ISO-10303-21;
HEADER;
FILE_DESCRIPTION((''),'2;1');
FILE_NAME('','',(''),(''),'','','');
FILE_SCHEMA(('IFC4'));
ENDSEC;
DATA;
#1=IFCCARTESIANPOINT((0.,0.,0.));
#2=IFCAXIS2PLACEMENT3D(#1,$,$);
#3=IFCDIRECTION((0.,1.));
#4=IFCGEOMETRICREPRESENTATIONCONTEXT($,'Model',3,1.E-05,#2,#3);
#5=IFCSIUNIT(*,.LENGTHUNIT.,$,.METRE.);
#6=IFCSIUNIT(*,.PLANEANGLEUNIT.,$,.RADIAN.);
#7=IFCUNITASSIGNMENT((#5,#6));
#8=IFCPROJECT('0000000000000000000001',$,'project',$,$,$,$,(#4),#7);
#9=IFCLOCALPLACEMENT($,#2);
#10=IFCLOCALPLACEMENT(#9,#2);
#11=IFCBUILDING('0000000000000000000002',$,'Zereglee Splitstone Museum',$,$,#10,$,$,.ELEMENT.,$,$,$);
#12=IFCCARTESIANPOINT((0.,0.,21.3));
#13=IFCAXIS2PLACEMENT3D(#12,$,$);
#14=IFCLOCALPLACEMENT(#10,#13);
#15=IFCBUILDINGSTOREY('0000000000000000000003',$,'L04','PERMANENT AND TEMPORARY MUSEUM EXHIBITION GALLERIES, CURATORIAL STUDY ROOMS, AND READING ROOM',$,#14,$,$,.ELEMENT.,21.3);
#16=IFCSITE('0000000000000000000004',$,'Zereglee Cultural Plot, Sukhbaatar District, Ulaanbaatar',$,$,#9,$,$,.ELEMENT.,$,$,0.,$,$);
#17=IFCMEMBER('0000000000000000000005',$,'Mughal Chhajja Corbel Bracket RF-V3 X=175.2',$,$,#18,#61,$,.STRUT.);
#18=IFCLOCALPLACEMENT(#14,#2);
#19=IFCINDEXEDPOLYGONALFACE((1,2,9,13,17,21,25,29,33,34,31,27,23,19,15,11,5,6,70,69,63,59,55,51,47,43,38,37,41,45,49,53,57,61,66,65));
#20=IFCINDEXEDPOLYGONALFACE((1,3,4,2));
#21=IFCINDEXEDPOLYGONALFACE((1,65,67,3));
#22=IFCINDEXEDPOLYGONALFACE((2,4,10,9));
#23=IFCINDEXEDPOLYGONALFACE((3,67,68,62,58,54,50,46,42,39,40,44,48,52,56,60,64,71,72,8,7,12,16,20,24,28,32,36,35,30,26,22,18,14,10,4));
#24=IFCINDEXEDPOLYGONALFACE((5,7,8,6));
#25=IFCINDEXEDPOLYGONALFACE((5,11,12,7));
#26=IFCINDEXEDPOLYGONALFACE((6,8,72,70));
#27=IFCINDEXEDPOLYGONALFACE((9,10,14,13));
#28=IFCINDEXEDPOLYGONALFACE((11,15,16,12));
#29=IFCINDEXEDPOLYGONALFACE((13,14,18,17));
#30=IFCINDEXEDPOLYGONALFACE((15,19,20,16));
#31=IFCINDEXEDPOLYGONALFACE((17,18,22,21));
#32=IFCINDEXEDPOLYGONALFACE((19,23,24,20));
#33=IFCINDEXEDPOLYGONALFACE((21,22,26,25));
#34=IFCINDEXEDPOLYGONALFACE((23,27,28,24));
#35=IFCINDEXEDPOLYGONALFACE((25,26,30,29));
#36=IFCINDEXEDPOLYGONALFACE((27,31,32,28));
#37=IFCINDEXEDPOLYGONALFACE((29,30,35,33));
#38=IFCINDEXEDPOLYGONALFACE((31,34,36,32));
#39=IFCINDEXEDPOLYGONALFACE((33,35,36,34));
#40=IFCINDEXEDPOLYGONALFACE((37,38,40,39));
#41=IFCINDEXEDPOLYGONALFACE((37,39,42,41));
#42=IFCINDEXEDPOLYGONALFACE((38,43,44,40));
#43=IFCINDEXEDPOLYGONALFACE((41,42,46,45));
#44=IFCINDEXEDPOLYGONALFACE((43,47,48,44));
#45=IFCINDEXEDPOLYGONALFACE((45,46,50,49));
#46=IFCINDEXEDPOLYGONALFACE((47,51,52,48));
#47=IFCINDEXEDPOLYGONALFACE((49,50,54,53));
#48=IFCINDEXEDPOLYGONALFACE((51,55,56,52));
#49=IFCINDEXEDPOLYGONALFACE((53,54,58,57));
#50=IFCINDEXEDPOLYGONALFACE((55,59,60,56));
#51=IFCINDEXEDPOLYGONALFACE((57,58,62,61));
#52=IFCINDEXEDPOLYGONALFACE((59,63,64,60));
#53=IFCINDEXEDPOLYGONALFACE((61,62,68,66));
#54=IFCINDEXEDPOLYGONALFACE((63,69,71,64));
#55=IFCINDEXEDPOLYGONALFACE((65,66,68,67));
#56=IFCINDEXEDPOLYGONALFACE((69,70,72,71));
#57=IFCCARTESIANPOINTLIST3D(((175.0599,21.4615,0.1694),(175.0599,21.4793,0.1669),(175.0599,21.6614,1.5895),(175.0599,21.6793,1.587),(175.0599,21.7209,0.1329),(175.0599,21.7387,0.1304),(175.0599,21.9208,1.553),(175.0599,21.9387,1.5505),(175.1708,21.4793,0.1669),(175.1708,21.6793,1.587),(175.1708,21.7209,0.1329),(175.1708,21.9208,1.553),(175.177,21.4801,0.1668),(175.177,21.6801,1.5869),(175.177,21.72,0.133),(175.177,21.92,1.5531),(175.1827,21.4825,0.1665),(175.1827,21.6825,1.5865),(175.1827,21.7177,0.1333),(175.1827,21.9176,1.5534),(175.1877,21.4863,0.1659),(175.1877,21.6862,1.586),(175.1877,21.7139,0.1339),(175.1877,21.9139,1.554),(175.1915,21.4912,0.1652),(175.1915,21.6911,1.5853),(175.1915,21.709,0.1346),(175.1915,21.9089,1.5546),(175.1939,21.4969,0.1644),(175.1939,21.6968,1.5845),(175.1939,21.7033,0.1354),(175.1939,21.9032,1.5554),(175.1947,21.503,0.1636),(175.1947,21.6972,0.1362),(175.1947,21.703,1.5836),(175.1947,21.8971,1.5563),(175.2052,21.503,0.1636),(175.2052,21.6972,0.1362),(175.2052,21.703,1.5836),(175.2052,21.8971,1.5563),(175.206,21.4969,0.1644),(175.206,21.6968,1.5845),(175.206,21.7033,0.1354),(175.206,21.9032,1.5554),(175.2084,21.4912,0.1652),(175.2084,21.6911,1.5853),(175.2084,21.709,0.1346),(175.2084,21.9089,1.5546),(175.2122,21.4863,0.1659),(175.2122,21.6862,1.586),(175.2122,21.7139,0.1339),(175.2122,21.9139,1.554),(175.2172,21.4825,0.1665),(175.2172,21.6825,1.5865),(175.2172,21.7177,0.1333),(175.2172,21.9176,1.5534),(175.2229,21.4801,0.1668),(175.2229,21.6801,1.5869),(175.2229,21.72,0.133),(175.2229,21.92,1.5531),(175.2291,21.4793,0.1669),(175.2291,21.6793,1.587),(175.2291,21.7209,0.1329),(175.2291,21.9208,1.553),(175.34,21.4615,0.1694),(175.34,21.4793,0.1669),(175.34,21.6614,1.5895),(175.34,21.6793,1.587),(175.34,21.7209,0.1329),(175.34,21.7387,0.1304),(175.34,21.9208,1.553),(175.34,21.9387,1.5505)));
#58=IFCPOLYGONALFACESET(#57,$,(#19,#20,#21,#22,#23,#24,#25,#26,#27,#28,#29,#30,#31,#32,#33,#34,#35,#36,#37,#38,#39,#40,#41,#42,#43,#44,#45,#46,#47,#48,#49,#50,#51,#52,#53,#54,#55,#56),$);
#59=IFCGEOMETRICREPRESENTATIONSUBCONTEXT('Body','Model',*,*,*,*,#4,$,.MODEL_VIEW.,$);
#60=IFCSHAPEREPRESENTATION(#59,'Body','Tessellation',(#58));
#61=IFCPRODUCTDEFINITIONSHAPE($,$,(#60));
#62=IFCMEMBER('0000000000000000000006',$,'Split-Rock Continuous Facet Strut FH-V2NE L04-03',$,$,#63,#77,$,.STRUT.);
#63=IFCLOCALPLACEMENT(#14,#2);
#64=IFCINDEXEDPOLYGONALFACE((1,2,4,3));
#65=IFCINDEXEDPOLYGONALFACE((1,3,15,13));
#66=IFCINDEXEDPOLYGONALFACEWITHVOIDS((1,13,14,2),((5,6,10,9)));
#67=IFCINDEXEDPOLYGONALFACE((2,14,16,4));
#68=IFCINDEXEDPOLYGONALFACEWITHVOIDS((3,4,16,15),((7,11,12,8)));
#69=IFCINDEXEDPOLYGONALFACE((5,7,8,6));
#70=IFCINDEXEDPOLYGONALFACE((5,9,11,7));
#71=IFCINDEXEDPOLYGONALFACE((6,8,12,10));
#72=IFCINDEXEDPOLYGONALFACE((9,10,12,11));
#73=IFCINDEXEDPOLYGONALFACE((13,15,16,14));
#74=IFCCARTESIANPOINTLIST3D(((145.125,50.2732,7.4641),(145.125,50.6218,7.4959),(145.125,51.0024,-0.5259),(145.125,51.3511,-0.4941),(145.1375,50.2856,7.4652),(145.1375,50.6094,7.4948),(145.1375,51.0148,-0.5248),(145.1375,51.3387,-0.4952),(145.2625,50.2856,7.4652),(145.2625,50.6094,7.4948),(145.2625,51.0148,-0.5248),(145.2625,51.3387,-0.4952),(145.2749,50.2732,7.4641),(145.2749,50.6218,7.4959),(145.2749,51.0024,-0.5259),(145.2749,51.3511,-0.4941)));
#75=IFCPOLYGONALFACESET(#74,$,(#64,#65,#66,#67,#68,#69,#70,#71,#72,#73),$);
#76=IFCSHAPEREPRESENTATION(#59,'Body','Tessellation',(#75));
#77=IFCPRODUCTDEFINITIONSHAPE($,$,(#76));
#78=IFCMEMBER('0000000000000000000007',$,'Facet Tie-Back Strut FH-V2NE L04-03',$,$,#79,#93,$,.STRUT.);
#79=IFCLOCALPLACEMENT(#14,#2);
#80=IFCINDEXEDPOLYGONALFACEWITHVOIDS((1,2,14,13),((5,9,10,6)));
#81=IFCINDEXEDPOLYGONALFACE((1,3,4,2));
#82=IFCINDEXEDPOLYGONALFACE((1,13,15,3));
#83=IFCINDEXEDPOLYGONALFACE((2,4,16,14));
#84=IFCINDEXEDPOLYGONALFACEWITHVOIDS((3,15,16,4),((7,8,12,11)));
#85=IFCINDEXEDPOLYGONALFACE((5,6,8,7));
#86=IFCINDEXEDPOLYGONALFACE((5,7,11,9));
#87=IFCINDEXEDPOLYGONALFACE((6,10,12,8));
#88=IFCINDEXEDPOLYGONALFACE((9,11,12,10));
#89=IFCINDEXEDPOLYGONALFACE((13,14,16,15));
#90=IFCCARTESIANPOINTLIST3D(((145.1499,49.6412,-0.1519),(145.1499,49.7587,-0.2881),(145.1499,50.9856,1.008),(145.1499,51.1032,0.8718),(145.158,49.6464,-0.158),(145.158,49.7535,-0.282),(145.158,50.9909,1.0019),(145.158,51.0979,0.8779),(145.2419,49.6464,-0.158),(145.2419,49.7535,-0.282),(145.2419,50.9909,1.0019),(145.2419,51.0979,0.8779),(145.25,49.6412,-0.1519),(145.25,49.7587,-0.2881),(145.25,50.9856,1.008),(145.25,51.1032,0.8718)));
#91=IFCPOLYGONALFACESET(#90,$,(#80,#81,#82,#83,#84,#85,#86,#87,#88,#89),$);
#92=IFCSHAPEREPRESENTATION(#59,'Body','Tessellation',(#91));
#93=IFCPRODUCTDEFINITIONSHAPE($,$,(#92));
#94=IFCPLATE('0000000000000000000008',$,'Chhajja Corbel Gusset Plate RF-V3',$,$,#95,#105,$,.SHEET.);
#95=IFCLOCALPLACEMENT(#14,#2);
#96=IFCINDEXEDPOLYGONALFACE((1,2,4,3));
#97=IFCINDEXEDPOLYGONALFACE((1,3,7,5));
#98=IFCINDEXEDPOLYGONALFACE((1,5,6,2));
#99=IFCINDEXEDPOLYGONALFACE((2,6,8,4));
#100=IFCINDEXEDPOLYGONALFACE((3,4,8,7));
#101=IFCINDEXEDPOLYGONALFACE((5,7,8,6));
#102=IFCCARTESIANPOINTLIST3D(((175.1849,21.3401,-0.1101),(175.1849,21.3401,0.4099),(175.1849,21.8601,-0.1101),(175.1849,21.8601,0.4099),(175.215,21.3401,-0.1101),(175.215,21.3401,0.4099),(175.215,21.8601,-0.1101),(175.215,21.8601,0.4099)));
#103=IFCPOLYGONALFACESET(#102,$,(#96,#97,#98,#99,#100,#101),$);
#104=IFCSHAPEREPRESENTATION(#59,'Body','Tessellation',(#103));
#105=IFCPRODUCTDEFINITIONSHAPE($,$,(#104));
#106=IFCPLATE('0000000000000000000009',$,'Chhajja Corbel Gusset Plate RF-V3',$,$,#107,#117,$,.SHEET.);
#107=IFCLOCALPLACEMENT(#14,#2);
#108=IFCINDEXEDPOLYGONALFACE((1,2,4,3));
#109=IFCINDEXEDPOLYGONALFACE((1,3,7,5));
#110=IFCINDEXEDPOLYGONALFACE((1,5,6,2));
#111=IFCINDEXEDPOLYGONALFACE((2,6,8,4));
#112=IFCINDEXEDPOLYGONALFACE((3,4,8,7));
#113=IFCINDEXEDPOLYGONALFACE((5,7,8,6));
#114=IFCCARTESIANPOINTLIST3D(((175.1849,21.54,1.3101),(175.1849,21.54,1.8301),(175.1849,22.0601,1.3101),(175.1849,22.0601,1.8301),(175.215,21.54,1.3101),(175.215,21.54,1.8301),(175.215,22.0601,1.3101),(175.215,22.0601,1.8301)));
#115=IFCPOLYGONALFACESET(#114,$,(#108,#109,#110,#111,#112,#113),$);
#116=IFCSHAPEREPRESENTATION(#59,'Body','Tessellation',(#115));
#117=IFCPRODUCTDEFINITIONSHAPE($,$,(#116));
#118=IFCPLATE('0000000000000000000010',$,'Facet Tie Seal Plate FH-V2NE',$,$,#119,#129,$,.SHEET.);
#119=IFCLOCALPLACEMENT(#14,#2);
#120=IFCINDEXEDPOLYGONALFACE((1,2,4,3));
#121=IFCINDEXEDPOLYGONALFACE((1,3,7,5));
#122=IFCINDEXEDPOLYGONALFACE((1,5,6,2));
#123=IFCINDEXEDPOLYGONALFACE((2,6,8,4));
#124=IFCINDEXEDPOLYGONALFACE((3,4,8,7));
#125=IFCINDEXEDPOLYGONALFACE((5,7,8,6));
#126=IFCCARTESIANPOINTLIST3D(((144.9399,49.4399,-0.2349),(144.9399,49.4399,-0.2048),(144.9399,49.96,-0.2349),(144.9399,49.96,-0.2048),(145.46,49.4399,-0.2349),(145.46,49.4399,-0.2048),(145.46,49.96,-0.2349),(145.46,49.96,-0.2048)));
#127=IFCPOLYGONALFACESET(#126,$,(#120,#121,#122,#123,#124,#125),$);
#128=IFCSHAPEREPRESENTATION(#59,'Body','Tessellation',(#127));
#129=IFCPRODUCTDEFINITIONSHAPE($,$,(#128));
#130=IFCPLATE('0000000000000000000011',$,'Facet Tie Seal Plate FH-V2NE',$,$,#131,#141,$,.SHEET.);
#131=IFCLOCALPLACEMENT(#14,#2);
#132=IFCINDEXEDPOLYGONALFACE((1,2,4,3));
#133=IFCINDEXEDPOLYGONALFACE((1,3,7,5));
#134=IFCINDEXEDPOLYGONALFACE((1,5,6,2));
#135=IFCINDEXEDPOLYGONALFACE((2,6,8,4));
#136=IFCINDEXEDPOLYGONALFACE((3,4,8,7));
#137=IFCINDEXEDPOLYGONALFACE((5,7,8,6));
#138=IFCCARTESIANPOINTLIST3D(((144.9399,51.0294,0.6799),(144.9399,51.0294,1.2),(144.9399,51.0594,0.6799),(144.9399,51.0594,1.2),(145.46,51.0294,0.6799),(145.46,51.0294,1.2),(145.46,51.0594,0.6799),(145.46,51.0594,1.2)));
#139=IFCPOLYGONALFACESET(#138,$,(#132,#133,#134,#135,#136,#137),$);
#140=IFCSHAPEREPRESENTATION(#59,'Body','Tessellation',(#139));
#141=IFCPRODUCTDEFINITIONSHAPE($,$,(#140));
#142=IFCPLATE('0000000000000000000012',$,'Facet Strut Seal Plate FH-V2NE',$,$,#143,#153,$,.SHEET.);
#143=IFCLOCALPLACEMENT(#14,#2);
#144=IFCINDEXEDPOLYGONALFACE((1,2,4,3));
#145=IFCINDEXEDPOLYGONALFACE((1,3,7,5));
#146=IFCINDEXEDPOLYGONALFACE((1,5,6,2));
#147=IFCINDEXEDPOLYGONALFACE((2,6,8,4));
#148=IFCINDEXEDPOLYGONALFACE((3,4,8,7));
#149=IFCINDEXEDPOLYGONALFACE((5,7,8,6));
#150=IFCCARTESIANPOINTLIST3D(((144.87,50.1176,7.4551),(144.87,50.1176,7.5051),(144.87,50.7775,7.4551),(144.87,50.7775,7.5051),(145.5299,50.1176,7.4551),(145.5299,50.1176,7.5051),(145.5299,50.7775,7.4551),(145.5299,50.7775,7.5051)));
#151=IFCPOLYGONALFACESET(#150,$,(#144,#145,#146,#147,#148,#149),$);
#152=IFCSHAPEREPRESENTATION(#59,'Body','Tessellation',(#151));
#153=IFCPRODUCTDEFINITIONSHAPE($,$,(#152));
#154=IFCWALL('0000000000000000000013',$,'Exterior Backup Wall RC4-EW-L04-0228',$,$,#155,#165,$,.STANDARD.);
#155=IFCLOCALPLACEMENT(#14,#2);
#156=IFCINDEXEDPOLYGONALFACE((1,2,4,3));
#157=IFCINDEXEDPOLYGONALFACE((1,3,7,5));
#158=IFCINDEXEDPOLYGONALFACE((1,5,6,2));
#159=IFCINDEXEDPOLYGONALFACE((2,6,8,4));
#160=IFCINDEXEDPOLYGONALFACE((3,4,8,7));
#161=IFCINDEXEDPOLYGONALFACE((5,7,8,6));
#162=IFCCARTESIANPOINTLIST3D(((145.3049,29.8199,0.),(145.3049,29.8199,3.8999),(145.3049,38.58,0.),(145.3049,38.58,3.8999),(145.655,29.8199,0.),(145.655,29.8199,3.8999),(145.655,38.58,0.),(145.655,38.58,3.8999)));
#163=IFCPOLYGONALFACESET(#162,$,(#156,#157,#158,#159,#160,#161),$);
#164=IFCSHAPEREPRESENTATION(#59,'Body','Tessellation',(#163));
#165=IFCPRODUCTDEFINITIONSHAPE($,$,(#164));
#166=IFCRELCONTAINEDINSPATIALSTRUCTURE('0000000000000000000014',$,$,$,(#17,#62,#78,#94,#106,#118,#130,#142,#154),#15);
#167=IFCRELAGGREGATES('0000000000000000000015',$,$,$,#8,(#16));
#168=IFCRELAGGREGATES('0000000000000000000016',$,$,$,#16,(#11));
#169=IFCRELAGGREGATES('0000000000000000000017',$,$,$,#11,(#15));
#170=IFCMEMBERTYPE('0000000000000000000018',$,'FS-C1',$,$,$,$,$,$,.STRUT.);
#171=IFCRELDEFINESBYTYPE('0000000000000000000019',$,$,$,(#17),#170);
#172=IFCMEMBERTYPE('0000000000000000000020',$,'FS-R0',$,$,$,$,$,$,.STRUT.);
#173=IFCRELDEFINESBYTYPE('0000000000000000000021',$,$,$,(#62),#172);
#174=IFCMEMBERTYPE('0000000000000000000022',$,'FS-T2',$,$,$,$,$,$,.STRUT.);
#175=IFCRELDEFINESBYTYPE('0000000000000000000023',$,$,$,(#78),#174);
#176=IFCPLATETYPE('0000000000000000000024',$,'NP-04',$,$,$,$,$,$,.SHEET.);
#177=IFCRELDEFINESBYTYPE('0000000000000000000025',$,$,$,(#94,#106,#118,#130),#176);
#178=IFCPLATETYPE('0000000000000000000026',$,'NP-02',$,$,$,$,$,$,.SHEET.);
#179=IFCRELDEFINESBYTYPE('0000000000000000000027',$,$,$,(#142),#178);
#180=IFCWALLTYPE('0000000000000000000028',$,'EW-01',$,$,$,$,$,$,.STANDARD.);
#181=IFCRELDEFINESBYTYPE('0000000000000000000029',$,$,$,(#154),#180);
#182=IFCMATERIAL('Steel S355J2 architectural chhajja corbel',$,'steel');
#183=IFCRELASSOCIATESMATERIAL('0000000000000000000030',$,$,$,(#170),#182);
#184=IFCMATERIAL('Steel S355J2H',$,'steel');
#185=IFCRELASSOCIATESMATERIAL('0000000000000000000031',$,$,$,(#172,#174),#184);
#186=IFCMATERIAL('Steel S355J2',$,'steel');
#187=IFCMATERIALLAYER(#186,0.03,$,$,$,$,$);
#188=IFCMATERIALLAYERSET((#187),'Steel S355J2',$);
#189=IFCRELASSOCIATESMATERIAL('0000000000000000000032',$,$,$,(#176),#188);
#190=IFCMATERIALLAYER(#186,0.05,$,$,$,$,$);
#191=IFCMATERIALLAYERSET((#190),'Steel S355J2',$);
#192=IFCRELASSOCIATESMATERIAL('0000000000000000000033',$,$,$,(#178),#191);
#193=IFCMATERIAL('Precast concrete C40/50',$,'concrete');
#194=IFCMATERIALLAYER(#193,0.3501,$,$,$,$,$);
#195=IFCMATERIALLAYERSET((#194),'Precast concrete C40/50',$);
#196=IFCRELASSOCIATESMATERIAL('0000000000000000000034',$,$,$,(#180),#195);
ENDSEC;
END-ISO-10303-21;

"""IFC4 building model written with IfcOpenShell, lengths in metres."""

from ifc_helpers import new_model, si_unit, direction, frame, frame_2d, origin, origin_2d, place, context, subcontext, project, spatial, rectangle, hollow_rectangle, i_section, extrude, material, layer, layer_set, material_profile, profile_set, type_object, element, save


model = new_model("IFC4")

# Units and contexts
model_context = context("Model", 3, precision=1e-05, world=origin(), true_north=direction((0.0, 1.0)))
body_context = subcontext(model_context, "Body", "Model", "MODEL_VIEW")
ifc_project = project(units=[si_unit("LENGTHUNIT", "METRE"), si_unit("PLANEANGLEUNIT", "RADIAN")], contexts=[model_context])

# Site, building, storey
site_placement = place(None, origin())
site = spatial("IfcSite", under=ifc_project, at=site_placement, Name="Zereglee Cultural Plot, Sukhbaatar District, Ulaanbaatar", CompositionType="ELEMENT", RefElevation=0.0)
building_placement = place(site_placement, origin())
building = spatial("IfcBuilding", under=site, at=building_placement, Name="Zereglee Splitstone Museum", CompositionType="ELEMENT")
storey_placement = place(building_placement, frame((0.0, 0.0, 21.3)))
storey = spatial("IfcBuildingStorey", under=building, at=storey_placement, Name="L04", Description="PERMANENT AND TEMPORARY MUSEUM EXHIBITION GALLERIES, CURATORIAL STUDY ROOMS, AND READING ROOM", CompositionType="ELEMENT", Elevation=21.3)

# Members
ifc_material_1 = material(Name="Steel S355J2 architectural chhajja corbel", Category="steel")
ifc_material_profile_1 = material_profile(ifc_material_1, i_section(OverallWidth=0.28, OverallDepth=0.28, WebThickness=0.0105, FlangeThickness=0.0181, FilletRadius=0.0239, at=origin_2d()), Name="HE 280 B")
ifc_profile_set_1 = profile_set([ifc_material_profile_1], Name="Steel S355J2 architectural chhajja corbel")
member_type_1 = type_object("IfcMemberType", Name="FS-C1", PredefinedType="STRUT", material=ifc_profile_set_1)
member_1_placement = place(storey_placement, frame((175.2, 21.6001, 0.1499), z_axis=(0.0, 0.139419, 0.990233), x_axis=(-1.0, 0.0, 0.0)))
element("IfcMember", 1, at=member_1_placement, inside=storey, type_object=member_type_1, Name="Mughal Chhajja Corbel Bracket RF-V3 X=175.2", PredefinedType="STRUT", context=body_context, shape_type="SweptSolid", body=[
    extrude(i_section(OverallWidth=0.28, OverallDepth=0.28, WebThickness=0.0105, FlangeThickness=0.0181, FilletRadius=0.0239, at=origin_2d()), origin(), (0.0, 0.0, 1.0), 1.4341),
])
ifc_material_2 = material(Name="Steel S355J2H", Category="steel")
ifc_material_profile_2 = material_profile(ifc_material_2, hollow_rectangle(XDim=0.1499, YDim=0.3501, WallThickness=0.0125, at=origin_2d()), Name="RHS 350x150x12.5")
ifc_profile_set_2 = profile_set([ifc_material_profile_2], Name="Steel S355J2H")
member_type_2 = type_object("IfcMemberType", Name="FS-R0", PredefinedType="STRUT", material=ifc_profile_set_2)
member_2_placement = place(storey_placement, frame((145.2, 51.1768, -0.51), z_axis=(0.0, -0.090892, 0.995861), x_axis=(1.0, 0.0, 0.0)))
element("IfcMember", 2, at=member_2_placement, inside=storey, type_object=member_type_2, Name="Split-Rock Continuous Facet Strut FH-V2NE L04-03", PredefinedType="STRUT", context=body_context, shape_type="SweptSolid", body=[
    extrude(hollow_rectangle(XDim=0.1499, YDim=0.3501, WallThickness=0.0125, at=origin_2d()), origin(), (0.0, 0.0, 1.0), 8.0232),
])
ifc_material_profile_3 = material_profile(ifc_material_2, hollow_rectangle(XDim=0.1001, YDim=0.1799, WallThickness=0.0081, at=origin_2d()), Name="RHS 180x100x8")
ifc_profile_set_3 = profile_set([ifc_material_profile_3], Name="Steel S355J2H")
member_type_3 = type_object("IfcMemberType", Name="FS-T2", PredefinedType="STRUT", material=ifc_profile_set_3)
member_3_placement = place(storey_placement, frame((145.2, 49.7, -0.22), z_axis=(0.0, 0.757166, 0.653222), x_axis=(-1.0, 0.0, 0.0)))
element("IfcMember", 3, at=member_3_placement, inside=storey, type_object=member_type_3, Name="Facet Tie-Back Strut FH-V2NE L04-03", PredefinedType="STRUT", context=body_context, shape_type="SweptSolid", body=[
    extrude(hollow_rectangle(XDim=0.1001, YDim=0.1799, WallThickness=0.0081, at=origin_2d()), origin(), (0.0, 0.0, 1.0), 1.7756),
])

# Plates
ifc_material_3 = material(Name="Steel S355J2", Category="steel")
ifc_layer_1 = layer(ifc_material_3, 0.03)
ifc_layer_set_1 = layer_set([ifc_layer_1], Name="Steel S355J2")
plate_type_1 = type_object("IfcPlateType", Name="NP-04", PredefinedType="SHEET", material=ifc_layer_set_1)
for number, where, z_axis, x_axis, name in (
    (4, (175.2, 21.6001, -0.1101), (0.0, 0.0, 1.0), (1.0, 0.0, 0.0), "Chhajja Corbel Gusset Plate RF-V3"),
    (5, (175.2, 21.8, 1.3101), (0.0, 0.0, 1.0), (1.0, 0.0, 0.0), "Chhajja Corbel Gusset Plate RF-V3"),
):
    element("IfcPlate", number, at=place(storey_placement, frame(where, z_axis=z_axis, x_axis=x_axis)), inside=storey, type_object=plate_type_1, Name=name, PredefinedType="SHEET", context=body_context, shape_type="SweptSolid", body=[
        extrude(rectangle(XDim=0.03, YDim=0.52, at=origin_2d()), origin(), (0.0, 0.0, 1.0), 0.52),
    ])
plate_1_placement = place(storey_placement, frame((145.2, 49.7, -0.2349), z_axis=(0.0, 0.0, 1.0), x_axis=(1.0, 0.0, 0.0)))
element("IfcPlate", 6, at=plate_1_placement, inside=storey, type_object=plate_type_1, Name="Facet Tie Seal Plate FH-V2NE", PredefinedType="SHEET", context=body_context, shape_type="SweptSolid", body=[
    extrude(rectangle(XDim=0.52, YDim=0.52, at=origin_2d()), origin(), (0.0, 0.0, 1.0), 0.03),
])
plate_2_placement = place(storey_placement, frame((145.2, 51.0444, 0.6799), z_axis=(0.0, 0.0, 1.0), x_axis=(1.0, 0.0, 0.0)))
element("IfcPlate", 7, at=plate_2_placement, inside=storey, type_object=plate_type_1, Name="Facet Tie Seal Plate FH-V2NE", PredefinedType="SHEET", context=body_context, shape_type="SweptSolid", body=[
    extrude(rectangle(XDim=0.52, YDim=0.03, at=origin_2d()), origin(), (0.0, 0.0, 1.0), 0.52),
])
ifc_layer_2 = layer(ifc_material_3, 0.05)
ifc_layer_set_2 = layer_set([ifc_layer_2], Name="Steel S355J2")
plate_type_2 = type_object("IfcPlateType", Name="NP-02", PredefinedType="SHEET", material=ifc_layer_set_2)
plate_3_placement = place(storey_placement, frame((145.2, 50.4475, 7.4551), z_axis=(0.0, 0.0, 1.0), x_axis=(1.0, 0.0, 0.0)))
element("IfcPlate", 8, at=plate_3_placement, inside=storey, type_object=plate_type_2, Name="Facet Strut Seal Plate FH-V2NE", PredefinedType="SHEET", context=body_context, shape_type="SweptSolid", body=[
    extrude(rectangle(XDim=0.6599, YDim=0.6599, at=origin_2d()), origin(), (0.0, 0.0, 1.0), 0.05),
])

# Wall
ifc_material_4 = material(Name="Precast concrete C40/50", Category="concrete")
ifc_layer_3 = layer(ifc_material_4, 0.3501)
ifc_layer_set_3 = layer_set([ifc_layer_3], Name="Precast concrete C40/50")
wall_type = type_object("IfcWallType", Name="EW-01", PredefinedType="STANDARD", material=ifc_layer_set_3)
wall_1_placement = place(storey_placement, frame((145.48, 29.8201, 0.0), z_axis=(0.0, 0.0, 1.0), x_axis=(0.0, 1.0, 0.0)))
element("IfcWall", 9, at=wall_1_placement, inside=storey, type_object=wall_type, Name="Exterior Backup Wall RC4-EW-L04-0228", PredefinedType="STANDARD", context=body_context, shape_type="SweptSolid", body=[
    extrude(rectangle(XDim=8.76, YDim=0.3501, at=frame_2d((4.3799, 0.0))), origin(), (0.0, 0.0, 1.0), 3.8999),
])

save(model, "model.ifc")
